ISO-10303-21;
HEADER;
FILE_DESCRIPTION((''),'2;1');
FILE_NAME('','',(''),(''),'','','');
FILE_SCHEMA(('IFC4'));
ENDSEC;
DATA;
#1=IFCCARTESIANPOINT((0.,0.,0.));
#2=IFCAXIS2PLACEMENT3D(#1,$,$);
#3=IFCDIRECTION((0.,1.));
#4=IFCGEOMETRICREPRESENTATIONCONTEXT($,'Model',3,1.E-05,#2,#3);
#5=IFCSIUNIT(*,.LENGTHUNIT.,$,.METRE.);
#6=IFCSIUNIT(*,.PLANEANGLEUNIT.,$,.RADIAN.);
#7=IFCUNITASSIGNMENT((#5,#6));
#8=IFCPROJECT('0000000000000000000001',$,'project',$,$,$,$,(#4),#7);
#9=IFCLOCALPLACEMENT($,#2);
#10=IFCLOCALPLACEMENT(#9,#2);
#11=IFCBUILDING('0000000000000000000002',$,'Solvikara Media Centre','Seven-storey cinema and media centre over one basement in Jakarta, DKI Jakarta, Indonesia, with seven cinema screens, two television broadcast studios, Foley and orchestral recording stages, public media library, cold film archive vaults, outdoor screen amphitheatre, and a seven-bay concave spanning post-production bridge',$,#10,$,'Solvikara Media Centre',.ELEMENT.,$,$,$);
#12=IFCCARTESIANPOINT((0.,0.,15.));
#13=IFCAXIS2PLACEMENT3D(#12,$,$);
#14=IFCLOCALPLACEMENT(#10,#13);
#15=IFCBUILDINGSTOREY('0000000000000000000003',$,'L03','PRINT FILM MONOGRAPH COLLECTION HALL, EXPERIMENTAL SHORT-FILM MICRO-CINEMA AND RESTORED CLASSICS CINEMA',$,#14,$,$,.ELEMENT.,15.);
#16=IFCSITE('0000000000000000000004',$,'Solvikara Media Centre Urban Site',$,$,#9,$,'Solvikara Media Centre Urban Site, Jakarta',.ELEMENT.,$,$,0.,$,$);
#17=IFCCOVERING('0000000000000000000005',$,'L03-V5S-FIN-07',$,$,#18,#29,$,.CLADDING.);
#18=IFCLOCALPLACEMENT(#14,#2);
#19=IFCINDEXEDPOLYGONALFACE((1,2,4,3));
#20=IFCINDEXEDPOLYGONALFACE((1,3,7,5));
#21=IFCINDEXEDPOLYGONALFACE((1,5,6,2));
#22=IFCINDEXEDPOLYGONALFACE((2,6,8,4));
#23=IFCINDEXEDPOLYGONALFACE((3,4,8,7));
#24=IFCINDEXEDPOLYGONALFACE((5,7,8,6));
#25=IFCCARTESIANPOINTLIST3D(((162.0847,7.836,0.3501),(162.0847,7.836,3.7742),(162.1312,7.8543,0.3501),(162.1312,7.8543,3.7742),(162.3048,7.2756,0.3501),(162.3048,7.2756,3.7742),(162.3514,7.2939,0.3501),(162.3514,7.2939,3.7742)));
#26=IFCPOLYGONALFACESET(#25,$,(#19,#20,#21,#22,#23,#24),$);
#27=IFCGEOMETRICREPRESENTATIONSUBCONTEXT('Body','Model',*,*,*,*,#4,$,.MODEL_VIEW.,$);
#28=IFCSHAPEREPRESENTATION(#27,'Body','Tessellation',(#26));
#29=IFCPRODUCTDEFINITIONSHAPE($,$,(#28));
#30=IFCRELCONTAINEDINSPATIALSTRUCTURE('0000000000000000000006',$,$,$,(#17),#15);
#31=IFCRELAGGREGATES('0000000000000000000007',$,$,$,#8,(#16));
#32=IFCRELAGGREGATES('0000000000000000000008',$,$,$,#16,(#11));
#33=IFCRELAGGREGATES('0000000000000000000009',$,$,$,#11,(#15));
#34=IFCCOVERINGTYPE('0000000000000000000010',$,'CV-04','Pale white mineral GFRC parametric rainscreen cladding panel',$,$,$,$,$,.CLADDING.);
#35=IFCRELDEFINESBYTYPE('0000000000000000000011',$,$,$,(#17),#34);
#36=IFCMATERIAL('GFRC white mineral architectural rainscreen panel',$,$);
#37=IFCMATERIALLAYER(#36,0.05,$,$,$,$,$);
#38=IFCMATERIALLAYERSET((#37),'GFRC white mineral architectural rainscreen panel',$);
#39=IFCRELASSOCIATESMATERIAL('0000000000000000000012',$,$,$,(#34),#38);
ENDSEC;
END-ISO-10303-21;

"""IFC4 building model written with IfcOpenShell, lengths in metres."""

from ifc_helpers import new_model, si_unit, direction, frame, origin, origin_2d, place, context, subcontext, project, spatial, rectangle, extrude, material, layer, layer_set, type_object, element, save


model = new_model("IFC4")

# Units and contexts
model_context = context("Model", 3, precision=1e-05, world=origin(), true_north=direction((0.0, 1.0)))
body_context = subcontext(model_context, "Body", "Model", "MODEL_VIEW")
ifc_project = project(units=[si_unit("LENGTHUNIT", "METRE"), si_unit("PLANEANGLEUNIT", "RADIAN")], contexts=[model_context])

# Site, building, storey
site_placement = place(None, origin())
site = spatial("IfcSite", under=ifc_project, at=site_placement, Name="Solvikara Media Centre Urban Site", LongName="Solvikara Media Centre Urban Site, Jakarta", CompositionType="ELEMENT", RefElevation=0.0)
building_placement = place(site_placement, origin())
building = spatial("IfcBuilding", under=site, at=building_placement, Name="Solvikara Media Centre", Description="Seven-storey cinema and media centre over one basement in Jakarta, DKI Jakarta, Indonesia, with seven cinema screens, two television broadcast studios, Foley and orchestral recording stages, public media library, cold film archive vaults, outdoor screen amphitheatre, and a seven-bay concave spanning post-production bridge", LongName="Solvikara Media Centre", CompositionType="ELEMENT")
storey_placement = place(building_placement, frame((0.0, 0.0, 15.0)))
storey = spatial("IfcBuildingStorey", under=building, at=storey_placement, Name="L03", Description="PRINT FILM MONOGRAPH COLLECTION HALL, EXPERIMENTAL SHORT-FILM MICRO-CINEMA AND RESTORED CLASSICS CINEMA", CompositionType="ELEMENT", Elevation=15.0)

# Covering
ifc_material_1 = material(Name="GFRC white mineral architectural rainscreen panel")
ifc_layer_1 = layer(ifc_material_1, 0.05)
ifc_layer_set_1 = layer_set([ifc_layer_1], Name="GFRC white mineral architectural rainscreen panel")
covering_type = type_object("IfcCoveringType", Name="CV-04", Description="Pale white mineral GFRC parametric rainscreen cladding panel", PredefinedType="CLADDING", material=ifc_layer_set_1)
covering_1_placement = place(storey_placement, frame((162.218, 7.5649, 0.3501), z_axis=(0.0, 0.0, 1.0), x_axis=(0.365657, -0.93075, 0.0)))
element("IfcCovering", 1, at=covering_1_placement, inside=storey, type_object=covering_type, Name="L03-V5S-FIN-07", PredefinedType="CLADDING", context=body_context, shape_type="SweptSolid", body=[
    extrude(rectangle(XDim=0.6021, YDim=0.05, at=origin_2d()), origin(), (0.0, 0.0, 1.0), 3.4241),
])

save(model, "model.ifc")
